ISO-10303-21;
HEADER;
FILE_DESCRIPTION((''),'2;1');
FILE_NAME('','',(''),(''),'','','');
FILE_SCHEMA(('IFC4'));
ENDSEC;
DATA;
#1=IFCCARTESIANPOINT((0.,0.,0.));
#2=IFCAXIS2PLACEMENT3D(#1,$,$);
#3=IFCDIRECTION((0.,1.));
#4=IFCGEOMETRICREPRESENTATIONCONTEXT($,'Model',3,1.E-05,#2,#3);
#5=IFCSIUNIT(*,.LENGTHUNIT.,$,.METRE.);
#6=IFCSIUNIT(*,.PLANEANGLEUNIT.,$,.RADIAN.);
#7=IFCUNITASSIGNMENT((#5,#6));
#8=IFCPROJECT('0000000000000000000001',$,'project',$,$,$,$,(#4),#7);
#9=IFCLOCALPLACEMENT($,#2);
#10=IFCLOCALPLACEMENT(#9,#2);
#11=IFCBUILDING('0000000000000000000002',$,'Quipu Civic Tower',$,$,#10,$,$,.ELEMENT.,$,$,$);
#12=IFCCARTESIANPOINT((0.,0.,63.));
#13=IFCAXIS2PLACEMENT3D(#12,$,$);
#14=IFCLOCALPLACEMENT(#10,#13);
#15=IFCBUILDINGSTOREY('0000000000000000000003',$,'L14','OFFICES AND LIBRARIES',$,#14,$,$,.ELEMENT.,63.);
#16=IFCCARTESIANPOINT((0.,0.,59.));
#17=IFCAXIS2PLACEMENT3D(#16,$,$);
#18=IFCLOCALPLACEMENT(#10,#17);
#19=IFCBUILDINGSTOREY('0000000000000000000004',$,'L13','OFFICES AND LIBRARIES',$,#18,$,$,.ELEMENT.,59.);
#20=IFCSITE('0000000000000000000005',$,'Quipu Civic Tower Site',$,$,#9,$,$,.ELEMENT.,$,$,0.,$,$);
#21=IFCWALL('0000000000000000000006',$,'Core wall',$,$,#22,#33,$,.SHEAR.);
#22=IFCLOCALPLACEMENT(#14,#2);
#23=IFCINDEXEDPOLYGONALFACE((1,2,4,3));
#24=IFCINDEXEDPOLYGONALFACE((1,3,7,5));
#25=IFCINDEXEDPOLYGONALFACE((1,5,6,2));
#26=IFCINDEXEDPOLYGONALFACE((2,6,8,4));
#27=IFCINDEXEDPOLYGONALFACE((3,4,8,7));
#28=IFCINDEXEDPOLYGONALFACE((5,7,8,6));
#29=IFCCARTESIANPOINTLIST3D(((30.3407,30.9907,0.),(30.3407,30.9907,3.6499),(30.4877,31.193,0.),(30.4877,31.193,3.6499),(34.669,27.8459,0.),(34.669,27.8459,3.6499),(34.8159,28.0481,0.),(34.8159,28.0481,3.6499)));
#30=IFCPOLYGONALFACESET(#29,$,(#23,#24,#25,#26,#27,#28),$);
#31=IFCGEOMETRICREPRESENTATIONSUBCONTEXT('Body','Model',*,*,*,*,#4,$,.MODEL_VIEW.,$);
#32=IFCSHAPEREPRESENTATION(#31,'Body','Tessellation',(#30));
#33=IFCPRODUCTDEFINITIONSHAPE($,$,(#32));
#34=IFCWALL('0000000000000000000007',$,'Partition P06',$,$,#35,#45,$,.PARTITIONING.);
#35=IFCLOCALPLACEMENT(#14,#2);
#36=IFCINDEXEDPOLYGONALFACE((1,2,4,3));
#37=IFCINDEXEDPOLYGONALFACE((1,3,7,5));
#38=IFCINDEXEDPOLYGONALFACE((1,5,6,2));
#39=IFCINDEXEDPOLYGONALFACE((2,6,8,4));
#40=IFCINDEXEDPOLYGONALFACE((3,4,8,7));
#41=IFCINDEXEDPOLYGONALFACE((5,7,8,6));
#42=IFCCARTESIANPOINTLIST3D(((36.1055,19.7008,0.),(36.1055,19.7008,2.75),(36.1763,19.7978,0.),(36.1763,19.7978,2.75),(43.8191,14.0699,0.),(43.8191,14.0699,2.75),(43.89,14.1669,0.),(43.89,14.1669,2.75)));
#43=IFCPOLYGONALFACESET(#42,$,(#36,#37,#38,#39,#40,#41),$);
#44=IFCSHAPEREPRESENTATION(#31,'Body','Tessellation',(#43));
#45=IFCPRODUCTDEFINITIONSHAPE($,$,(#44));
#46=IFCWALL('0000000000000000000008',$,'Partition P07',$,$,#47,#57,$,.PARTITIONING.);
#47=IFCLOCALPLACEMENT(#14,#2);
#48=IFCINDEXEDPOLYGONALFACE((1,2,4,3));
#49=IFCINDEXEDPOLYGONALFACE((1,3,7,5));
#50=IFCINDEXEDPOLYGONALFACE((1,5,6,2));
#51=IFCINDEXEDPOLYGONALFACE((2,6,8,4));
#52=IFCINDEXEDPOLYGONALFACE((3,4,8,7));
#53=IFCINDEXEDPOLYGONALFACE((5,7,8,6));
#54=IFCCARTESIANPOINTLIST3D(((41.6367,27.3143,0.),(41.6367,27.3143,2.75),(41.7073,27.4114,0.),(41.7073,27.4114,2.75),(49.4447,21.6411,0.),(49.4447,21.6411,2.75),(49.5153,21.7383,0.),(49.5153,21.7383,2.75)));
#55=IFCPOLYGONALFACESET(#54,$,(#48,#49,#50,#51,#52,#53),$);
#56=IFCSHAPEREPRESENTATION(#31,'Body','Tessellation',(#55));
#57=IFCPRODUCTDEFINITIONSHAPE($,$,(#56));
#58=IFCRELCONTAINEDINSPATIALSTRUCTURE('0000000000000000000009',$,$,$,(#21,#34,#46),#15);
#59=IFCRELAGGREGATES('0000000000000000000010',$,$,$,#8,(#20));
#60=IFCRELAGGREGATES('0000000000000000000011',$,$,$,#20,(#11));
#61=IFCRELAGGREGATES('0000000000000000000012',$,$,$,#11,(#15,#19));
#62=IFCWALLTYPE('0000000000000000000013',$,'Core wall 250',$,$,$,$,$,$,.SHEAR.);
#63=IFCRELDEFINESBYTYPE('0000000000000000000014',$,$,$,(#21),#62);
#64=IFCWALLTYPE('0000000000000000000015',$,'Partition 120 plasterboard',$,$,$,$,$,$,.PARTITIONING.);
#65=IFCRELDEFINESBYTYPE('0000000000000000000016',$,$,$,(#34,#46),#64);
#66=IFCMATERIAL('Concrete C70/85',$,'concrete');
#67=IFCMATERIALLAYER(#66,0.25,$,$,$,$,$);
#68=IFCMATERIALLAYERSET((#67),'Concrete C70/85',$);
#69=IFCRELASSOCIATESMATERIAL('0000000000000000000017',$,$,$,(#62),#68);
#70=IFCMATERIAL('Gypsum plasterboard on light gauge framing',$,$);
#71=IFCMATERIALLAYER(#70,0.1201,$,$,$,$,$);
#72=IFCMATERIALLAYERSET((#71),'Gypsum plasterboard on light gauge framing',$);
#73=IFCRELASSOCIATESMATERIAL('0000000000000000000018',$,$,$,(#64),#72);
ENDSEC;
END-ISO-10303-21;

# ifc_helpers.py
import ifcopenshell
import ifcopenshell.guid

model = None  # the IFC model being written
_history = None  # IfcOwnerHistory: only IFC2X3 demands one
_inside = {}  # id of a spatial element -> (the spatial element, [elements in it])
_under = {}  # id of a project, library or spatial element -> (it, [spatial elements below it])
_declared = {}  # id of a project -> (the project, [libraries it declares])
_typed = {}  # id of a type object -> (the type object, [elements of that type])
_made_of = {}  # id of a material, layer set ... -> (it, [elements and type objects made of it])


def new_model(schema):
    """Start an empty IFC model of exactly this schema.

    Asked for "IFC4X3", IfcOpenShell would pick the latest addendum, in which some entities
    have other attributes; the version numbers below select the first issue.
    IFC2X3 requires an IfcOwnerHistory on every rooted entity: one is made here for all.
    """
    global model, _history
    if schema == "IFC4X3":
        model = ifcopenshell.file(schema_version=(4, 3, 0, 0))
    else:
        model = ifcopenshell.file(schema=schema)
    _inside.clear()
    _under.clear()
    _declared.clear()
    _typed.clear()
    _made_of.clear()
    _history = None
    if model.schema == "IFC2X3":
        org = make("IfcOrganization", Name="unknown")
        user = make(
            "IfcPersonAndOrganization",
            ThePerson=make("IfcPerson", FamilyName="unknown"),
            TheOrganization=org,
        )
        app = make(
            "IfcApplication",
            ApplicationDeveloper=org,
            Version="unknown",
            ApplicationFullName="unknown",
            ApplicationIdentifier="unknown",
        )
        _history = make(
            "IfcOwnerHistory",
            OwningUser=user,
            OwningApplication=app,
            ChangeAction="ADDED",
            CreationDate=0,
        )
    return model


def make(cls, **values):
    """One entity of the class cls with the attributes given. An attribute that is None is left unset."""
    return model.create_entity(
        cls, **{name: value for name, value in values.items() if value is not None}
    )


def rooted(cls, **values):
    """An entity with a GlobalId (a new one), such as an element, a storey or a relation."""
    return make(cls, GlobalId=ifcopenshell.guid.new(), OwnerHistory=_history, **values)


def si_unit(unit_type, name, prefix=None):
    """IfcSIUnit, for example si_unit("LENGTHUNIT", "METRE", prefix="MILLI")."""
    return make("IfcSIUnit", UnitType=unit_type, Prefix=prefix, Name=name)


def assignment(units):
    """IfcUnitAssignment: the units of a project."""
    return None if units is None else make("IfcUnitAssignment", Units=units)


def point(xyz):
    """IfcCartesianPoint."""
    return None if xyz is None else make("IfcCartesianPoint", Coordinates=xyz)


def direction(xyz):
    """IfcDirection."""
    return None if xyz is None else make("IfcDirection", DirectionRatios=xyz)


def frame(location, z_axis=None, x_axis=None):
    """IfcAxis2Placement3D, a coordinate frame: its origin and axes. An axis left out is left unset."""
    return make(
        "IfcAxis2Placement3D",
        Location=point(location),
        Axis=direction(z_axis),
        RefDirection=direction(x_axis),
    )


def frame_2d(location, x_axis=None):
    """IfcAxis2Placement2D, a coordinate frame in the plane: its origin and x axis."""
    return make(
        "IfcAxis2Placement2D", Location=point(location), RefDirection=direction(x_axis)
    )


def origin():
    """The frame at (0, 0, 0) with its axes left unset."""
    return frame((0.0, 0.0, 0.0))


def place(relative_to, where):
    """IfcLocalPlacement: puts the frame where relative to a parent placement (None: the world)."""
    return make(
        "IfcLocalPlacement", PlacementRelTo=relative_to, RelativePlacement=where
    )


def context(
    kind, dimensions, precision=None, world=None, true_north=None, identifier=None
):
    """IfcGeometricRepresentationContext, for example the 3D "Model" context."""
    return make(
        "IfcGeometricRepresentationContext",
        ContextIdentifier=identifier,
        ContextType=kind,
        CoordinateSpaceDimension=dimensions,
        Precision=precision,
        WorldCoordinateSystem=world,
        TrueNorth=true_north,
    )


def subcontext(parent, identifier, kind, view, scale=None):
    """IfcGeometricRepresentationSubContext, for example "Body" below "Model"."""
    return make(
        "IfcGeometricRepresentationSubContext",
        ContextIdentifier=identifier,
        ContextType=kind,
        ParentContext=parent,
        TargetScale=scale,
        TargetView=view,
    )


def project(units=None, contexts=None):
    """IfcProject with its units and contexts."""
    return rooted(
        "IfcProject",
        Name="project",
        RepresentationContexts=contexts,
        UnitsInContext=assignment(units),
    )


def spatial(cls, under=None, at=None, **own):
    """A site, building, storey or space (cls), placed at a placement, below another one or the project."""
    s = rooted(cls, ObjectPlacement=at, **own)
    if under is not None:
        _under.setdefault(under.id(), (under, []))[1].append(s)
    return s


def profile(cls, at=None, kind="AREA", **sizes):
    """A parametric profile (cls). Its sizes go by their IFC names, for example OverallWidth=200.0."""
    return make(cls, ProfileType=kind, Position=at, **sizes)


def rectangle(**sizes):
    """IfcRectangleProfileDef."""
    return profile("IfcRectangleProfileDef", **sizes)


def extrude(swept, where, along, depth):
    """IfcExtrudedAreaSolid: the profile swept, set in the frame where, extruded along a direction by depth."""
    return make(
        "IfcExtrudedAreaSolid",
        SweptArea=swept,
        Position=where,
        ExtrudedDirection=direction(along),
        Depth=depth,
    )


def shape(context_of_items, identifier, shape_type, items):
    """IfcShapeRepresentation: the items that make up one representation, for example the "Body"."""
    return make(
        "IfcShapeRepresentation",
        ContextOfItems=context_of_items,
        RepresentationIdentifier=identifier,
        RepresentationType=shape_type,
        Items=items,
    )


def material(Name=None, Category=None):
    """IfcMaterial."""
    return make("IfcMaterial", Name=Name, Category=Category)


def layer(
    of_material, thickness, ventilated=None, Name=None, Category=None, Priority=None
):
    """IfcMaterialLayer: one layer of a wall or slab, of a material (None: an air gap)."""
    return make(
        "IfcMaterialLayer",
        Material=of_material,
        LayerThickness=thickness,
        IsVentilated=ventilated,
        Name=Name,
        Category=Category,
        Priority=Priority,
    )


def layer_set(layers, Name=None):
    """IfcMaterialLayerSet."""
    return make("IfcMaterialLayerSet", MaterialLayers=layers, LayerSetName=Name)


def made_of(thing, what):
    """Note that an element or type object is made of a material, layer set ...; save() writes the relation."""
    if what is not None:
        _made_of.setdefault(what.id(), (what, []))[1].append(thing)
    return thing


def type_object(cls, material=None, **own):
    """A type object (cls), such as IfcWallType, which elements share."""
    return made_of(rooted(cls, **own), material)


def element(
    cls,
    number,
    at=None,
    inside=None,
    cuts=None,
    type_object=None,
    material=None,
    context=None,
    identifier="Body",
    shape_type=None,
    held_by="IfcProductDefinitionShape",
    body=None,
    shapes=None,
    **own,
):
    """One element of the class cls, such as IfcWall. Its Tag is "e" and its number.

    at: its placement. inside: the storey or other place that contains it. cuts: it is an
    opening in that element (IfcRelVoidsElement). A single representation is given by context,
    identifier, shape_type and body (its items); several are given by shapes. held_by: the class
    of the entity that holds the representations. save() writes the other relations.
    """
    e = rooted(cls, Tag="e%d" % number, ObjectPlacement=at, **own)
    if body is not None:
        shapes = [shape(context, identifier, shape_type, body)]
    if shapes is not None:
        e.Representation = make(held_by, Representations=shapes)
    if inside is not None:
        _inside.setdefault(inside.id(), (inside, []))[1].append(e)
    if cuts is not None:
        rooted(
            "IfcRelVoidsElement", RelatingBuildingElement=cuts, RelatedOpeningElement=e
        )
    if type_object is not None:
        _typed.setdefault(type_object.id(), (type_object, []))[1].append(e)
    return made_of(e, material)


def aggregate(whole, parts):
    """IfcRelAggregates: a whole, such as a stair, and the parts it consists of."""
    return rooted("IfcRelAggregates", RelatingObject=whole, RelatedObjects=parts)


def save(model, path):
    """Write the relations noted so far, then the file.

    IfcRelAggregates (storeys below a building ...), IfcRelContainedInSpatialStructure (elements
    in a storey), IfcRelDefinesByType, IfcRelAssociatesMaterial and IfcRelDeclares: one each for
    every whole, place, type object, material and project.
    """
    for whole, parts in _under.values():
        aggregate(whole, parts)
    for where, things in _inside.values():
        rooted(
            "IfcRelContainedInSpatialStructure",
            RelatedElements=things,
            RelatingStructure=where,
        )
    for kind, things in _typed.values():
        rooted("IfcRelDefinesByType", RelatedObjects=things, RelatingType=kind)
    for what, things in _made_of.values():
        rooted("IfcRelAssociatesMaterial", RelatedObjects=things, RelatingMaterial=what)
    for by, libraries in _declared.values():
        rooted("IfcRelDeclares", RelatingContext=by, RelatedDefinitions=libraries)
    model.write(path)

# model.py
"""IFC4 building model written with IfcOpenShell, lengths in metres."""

from ifc_helpers import new_model, si_unit, direction, frame, frame_2d, origin, place, context, subcontext, project, spatial, rectangle, extrude, material, layer, layer_set, type_object, element, save


model = new_model("IFC4")

# Units and contexts
model_context = context("Model", 3, precision=1e-05, world=origin(), true_north=direction((0.0, 1.0)))
body_context = subcontext(model_context, "Body", "Model", "MODEL_VIEW")
ifc_project = project(units=[si_unit("LENGTHUNIT", "METRE"), si_unit("PLANEANGLEUNIT", "RADIAN")], contexts=[model_context])

# Site, building, storey
site_placement = place(None, origin())
site = spatial("IfcSite", under=ifc_project, at=site_placement, Name="Quipu Civic Tower Site", CompositionType="ELEMENT", RefElevation=0.0)
building_placement = place(site_placement, origin())
building = spatial("IfcBuilding", under=site, at=building_placement, Name="Quipu Civic Tower", CompositionType="ELEMENT")
storey_1_placement = place(building_placement, frame((0.0, 0.0, 63.0)))
storey_1 = spatial("IfcBuildingStorey", under=building, at=storey_1_placement, Name="L14", Description="OFFICES AND LIBRARIES", CompositionType="ELEMENT", Elevation=63.0)

# Shared definitions
storey_2_placement = place(building_placement, frame((0.0, 0.0, 59.0)))
storey_2 = spatial("IfcBuildingStorey", under=building, at=storey_2_placement, Name="L13", Description="OFFICES AND LIBRARIES", CompositionType="ELEMENT", Elevation=59.0)

# Shared definitions
ifc_material_1 = material(Name="Concrete C70/85", Category="concrete")
ifc_layer_1 = layer(ifc_material_1, 0.25)
ifc_layer_set_1 = layer_set([ifc_layer_1], Name="Concrete C70/85")
wall_type_1 = type_object("IfcWallType", Name="Core wall 250", PredefinedType="SHEAR", material=ifc_layer_set_1)

# Walls
wall_1_placement = place(storey_1_placement, frame((34.7424, 27.947, 0.0), z_axis=(0.0, 0.0, 1.0), x_axis=(-0.808998, 0.587811, 0.0)))
element("IfcWall", 1, at=wall_1_placement, inside=storey_1, type_object=wall_type_1, Name="Core wall", PredefinedType="SHEAR", context=body_context, shape_type="SweptSolid", body=[
    extrude(rectangle(XDim=5.3501, YDim=0.25, at=frame_2d((2.675, 0.0))), origin(), (0.0, 0.0, 1.0), 3.6499),
])
ifc_material_2 = material(Name="Gypsum plasterboard on light gauge framing")
ifc_layer_2 = layer(ifc_material_2, 0.1201)
ifc_layer_set_2 = layer_set([ifc_layer_2], Name="Gypsum plasterboard on light gauge framing")
wall_type_2 = type_object("IfcWallType", Name="Partition 120 plasterboard", PredefinedType="PARTITIONING", material=ifc_layer_set_2)
wall_2_placement = place(storey_1_placement, frame((36.1409, 19.7493, 0.0), z_axis=(0.0, 0.0, 1.0), x_axis=(0.807691, -0.589606, 0.0)))
element("IfcWall", 2, at=wall_2_placement, inside=storey_1, type_object=wall_type_2, Name="Partition P06", PredefinedType="PARTITIONING", context=body_context, shape_type="SweptSolid", body=[
    extrude(rectangle(XDim=9.5503, YDim=0.1201, at=frame_2d((4.7751, 0.0))), origin(), (0.0, 0.0, 1.0), 2.75),
])
wall_3_placement = place(storey_1_placement, frame((49.48, 21.6897, 0.0), z_axis=(0.0, 0.0, 1.0), x_axis=(-0.809, 0.587809, 0.0)))
element("IfcWall", 3, at=wall_3_placement, inside=storey_1, type_object=wall_type_2, Name="Partition P07", PredefinedType="PARTITIONING", context=body_context, shape_type="SweptSolid", body=[
    extrude(rectangle(XDim=9.6514, YDim=0.1201, at=frame_2d((4.8257, 0.0))), origin(), (0.0, 0.0, 1.0), 2.75),
])

save(model, "model.ifc")
